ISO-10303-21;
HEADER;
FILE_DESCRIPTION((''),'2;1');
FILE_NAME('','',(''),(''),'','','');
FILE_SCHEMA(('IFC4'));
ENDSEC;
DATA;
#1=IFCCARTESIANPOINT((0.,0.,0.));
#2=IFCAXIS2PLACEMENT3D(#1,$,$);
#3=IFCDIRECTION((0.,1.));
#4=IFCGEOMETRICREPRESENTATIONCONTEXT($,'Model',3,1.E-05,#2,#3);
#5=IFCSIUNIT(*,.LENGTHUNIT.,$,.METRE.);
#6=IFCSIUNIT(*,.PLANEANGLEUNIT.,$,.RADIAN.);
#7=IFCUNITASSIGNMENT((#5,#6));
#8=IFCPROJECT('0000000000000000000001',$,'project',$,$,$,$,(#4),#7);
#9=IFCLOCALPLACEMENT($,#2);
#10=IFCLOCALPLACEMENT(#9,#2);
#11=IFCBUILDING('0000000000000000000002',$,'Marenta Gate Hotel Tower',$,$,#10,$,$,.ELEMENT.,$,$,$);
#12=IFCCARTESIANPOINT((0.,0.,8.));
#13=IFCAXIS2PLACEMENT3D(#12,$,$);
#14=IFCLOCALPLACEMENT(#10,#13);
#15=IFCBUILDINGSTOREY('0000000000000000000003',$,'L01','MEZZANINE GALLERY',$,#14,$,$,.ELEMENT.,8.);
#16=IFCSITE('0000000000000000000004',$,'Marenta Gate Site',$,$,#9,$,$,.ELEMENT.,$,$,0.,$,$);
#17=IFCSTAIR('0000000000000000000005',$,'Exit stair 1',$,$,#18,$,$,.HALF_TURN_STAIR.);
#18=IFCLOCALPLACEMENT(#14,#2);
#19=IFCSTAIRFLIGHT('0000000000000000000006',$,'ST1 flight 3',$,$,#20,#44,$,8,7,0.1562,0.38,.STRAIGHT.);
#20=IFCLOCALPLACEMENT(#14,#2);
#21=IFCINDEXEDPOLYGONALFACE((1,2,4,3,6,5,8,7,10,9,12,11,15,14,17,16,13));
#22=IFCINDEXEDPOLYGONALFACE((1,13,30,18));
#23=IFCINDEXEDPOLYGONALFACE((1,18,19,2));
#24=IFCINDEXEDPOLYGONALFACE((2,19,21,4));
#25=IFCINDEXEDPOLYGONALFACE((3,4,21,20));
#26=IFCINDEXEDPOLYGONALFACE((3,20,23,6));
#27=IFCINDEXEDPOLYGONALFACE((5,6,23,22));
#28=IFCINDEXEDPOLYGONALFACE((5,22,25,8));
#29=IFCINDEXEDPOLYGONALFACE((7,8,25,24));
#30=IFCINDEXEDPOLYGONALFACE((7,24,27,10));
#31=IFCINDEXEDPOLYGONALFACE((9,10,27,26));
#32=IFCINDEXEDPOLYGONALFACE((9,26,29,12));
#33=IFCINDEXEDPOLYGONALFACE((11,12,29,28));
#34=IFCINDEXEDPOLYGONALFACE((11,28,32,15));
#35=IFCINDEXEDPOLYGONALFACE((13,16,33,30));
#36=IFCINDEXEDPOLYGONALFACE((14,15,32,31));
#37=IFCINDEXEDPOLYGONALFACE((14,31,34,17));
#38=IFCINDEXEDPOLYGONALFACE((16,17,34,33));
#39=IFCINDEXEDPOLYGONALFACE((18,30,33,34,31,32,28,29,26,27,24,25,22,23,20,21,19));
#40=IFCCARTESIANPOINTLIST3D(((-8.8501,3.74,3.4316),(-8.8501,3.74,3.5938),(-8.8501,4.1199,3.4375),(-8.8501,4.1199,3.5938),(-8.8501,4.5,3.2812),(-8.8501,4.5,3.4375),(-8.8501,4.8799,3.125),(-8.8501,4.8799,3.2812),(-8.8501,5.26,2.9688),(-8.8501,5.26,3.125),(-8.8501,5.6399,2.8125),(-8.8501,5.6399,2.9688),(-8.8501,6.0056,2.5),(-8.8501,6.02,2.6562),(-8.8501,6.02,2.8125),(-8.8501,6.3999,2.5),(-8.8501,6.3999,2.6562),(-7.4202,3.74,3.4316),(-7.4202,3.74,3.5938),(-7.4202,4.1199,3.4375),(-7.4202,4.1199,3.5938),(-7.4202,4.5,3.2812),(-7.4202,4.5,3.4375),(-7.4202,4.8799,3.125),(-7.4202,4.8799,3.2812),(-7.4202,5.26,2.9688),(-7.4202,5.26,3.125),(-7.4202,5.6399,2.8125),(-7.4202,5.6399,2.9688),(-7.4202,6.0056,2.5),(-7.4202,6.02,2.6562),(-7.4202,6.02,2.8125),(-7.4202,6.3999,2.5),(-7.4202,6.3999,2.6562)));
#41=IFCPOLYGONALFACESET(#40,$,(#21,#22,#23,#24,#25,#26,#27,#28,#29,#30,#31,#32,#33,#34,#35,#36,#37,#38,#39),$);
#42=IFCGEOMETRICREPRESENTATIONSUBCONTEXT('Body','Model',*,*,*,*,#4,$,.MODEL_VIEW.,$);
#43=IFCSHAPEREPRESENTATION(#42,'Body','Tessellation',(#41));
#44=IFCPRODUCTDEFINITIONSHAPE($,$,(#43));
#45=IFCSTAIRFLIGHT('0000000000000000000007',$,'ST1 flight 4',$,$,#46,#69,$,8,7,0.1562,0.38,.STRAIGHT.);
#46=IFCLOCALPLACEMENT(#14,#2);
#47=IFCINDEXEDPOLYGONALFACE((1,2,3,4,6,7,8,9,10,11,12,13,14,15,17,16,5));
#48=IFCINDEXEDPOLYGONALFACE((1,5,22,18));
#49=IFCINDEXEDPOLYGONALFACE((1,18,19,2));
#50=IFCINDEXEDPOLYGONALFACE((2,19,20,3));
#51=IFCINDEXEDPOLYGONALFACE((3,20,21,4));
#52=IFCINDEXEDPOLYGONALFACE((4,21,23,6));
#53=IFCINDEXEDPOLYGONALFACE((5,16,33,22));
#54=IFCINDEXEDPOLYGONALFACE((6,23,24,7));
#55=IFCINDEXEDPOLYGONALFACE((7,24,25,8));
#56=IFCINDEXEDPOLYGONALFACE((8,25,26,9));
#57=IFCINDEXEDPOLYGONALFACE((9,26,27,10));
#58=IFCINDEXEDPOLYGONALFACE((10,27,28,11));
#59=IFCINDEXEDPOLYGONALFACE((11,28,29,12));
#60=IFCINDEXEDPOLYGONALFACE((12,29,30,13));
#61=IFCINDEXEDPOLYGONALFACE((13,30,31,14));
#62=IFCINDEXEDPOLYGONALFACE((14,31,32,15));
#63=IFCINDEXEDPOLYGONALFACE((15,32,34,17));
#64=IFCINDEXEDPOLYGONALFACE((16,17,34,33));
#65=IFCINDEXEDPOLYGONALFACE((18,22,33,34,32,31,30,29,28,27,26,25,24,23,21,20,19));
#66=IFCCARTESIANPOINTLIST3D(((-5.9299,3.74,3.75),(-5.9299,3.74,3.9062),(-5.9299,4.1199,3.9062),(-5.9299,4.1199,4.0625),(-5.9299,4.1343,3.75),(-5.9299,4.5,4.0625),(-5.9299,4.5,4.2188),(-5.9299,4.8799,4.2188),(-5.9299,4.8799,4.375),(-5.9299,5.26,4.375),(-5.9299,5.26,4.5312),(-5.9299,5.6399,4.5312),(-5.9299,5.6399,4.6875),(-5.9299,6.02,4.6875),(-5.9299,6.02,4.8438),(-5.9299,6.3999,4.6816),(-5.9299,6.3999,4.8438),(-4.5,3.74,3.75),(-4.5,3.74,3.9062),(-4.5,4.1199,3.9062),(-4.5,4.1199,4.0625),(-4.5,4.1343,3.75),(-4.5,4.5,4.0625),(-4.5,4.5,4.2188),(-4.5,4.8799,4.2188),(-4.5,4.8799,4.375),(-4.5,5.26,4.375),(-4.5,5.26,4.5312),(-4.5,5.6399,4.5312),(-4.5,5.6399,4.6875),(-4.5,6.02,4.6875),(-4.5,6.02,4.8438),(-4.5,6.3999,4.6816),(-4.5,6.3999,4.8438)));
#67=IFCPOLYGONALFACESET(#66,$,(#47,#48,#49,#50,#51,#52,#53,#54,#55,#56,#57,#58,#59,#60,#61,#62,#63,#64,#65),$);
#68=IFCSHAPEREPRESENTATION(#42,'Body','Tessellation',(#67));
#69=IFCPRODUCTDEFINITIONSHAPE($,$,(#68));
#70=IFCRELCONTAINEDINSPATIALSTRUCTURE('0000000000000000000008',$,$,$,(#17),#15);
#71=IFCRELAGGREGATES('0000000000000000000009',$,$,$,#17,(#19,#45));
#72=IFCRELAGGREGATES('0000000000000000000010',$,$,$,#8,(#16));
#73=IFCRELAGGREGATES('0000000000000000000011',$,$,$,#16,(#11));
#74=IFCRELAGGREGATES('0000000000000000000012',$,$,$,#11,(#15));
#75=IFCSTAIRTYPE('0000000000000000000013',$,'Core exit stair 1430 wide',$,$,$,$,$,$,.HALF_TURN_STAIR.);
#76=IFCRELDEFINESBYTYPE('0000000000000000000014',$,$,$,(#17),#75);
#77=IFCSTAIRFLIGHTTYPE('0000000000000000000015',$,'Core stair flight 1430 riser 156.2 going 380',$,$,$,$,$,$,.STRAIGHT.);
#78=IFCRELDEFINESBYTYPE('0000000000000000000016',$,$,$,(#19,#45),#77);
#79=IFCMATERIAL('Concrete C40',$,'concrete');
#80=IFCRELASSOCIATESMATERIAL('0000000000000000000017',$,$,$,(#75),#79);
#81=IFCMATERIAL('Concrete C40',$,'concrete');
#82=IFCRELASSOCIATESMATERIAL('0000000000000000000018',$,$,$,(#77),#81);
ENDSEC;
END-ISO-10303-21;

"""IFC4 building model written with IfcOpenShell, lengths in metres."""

from ifc_helpers import new_model, si_unit, direction, frame, origin, place, context, subcontext, project, spatial, polyline, outline, extrude, material, type_object, element, aggregate, save


model = new_model("IFC4")

# Units and contexts
model_context = context("Model", 3, precision=1e-05, world=origin(), true_north=direction((0.0, 1.0)))
body_context = subcontext(model_context, "Body", "Model", "MODEL_VIEW")
ifc_project = project(units=[si_unit("LENGTHUNIT", "METRE"), si_unit("PLANEANGLEUNIT", "RADIAN")], contexts=[model_context])

# Site, building, storey
site_placement = place(None, origin())
site = spatial("IfcSite", under=ifc_project, at=site_placement, Name="Marenta Gate Site", CompositionType="ELEMENT", RefElevation=0.0)
building_placement = place(site_placement, origin())
building = spatial("IfcBuilding", under=site, at=building_placement, Name="Marenta Gate Hotel Tower", CompositionType="ELEMENT")
storey_placement = place(building_placement, frame((0.0, 0.0, 8.0)))
storey = spatial("IfcBuildingStorey", under=building, at=storey_placement, Name="L01", Description="MEZZANINE GALLERY", CompositionType="ELEMENT", Elevation=8.0)

# Stair, stair flights
ifc_material_1 = material(Name="Concrete C40", Category="concrete")
stair_type = type_object("IfcStairType", Name="Core exit stair 1430 wide", PredefinedType="HALF_TURN_STAIR", material=ifc_material_1)
stair_placement = place(storey_placement, origin())
stair = element("IfcStair", 1, at=stair_placement, inside=storey, type_object=stair_type, Name="Exit stair 1", PredefinedType="HALF_TURN_STAIR")
ifc_material_2 = material(Name="Concrete C40", Category="concrete")
stair_flight_type = type_object("IfcStairFlightType", Name="Core stair flight 1430 riser 156.2 going 380", PredefinedType="STRAIGHT", material=ifc_material_2)
stair_flight_1_placement = place(storey_placement, frame((-8.135, 6.3999, 2.5), z_axis=(0.0, 0.0, 1.0), x_axis=(0.0, -1.0, 0.0)))
stair_flight_1 = element("IfcStairFlight", 2, at=stair_flight_1_placement, type_object=stair_flight_type, Name="ST1 flight 3", NumberOfRisers=8, NumberOfTreads=7, PredefinedType="STRAIGHT", RiserHeight=0.1562, TreadLength=0.38, context=body_context, shape_type="SweptSolid", body=[
    extrude(outline(polyline([(0.0, 0.0), (0.0, 0.1562), (0.3799, 0.1562), (0.3799, 0.3125), (0.76, 0.3125), (0.76, 0.4688), (1.1399, 0.4688), (1.1399, 0.625), (1.52, 0.625), (1.52, 0.7812), (1.8999, 0.7812), (1.8999, 0.9375), (2.28, 0.9375), (2.28, 1.0938), (2.6599, 1.0938), (2.6599, 1.25), (2.6599, 0.9316), (0.3943, 0.0), (0.0, 0.0)])), frame((0.0, 0.7148, 0.0), z_axis=(0.0, -1.0, 0.0), x_axis=(1.0, 0.0, 0.0)), (0.0, 0.0, 1.0), 1.4299),
])
stair_flight_2_placement = place(storey_placement, frame((-5.2151, 3.74, 3.75), z_axis=(0.0, 0.0, 1.0), x_axis=(0.0, 1.0, 0.0)))
stair_flight_2 = element("IfcStairFlight", 3, at=stair_flight_2_placement, type_object=stair_flight_type, Name="ST1 flight 4", NumberOfRisers=8, NumberOfTreads=7, PredefinedType="STRAIGHT", RiserHeight=0.1562, TreadLength=0.38, context=body_context, shape_type="SweptSolid", body=[
    extrude(outline(polyline([(0.0, 0.0), (0.0, 0.1562), (0.3799, 0.1562), (0.3799, 0.3125), (0.76, 0.3125), (0.76, 0.4688), (1.1399, 0.4688), (1.1399, 0.625), (1.52, 0.625), (1.52, 0.7812), (1.8999, 0.7812), (1.8999, 0.9375), (2.28, 0.9375), (2.28, 1.0938), (2.6599, 1.0938), (2.6599, 1.25), (2.6599, 0.9316), (0.3943, 0.0), (0.0, 0.0)])), frame((0.0, 0.7148, 0.0), z_axis=(0.0, -1.0, 0.0), x_axis=(1.0, 0.0, 0.0)), (0.0, 0.0, 1.0), 1.4299),
])
aggregate(stair, [stair_flight_1, stair_flight_2])

save(model, "model.ifc")
